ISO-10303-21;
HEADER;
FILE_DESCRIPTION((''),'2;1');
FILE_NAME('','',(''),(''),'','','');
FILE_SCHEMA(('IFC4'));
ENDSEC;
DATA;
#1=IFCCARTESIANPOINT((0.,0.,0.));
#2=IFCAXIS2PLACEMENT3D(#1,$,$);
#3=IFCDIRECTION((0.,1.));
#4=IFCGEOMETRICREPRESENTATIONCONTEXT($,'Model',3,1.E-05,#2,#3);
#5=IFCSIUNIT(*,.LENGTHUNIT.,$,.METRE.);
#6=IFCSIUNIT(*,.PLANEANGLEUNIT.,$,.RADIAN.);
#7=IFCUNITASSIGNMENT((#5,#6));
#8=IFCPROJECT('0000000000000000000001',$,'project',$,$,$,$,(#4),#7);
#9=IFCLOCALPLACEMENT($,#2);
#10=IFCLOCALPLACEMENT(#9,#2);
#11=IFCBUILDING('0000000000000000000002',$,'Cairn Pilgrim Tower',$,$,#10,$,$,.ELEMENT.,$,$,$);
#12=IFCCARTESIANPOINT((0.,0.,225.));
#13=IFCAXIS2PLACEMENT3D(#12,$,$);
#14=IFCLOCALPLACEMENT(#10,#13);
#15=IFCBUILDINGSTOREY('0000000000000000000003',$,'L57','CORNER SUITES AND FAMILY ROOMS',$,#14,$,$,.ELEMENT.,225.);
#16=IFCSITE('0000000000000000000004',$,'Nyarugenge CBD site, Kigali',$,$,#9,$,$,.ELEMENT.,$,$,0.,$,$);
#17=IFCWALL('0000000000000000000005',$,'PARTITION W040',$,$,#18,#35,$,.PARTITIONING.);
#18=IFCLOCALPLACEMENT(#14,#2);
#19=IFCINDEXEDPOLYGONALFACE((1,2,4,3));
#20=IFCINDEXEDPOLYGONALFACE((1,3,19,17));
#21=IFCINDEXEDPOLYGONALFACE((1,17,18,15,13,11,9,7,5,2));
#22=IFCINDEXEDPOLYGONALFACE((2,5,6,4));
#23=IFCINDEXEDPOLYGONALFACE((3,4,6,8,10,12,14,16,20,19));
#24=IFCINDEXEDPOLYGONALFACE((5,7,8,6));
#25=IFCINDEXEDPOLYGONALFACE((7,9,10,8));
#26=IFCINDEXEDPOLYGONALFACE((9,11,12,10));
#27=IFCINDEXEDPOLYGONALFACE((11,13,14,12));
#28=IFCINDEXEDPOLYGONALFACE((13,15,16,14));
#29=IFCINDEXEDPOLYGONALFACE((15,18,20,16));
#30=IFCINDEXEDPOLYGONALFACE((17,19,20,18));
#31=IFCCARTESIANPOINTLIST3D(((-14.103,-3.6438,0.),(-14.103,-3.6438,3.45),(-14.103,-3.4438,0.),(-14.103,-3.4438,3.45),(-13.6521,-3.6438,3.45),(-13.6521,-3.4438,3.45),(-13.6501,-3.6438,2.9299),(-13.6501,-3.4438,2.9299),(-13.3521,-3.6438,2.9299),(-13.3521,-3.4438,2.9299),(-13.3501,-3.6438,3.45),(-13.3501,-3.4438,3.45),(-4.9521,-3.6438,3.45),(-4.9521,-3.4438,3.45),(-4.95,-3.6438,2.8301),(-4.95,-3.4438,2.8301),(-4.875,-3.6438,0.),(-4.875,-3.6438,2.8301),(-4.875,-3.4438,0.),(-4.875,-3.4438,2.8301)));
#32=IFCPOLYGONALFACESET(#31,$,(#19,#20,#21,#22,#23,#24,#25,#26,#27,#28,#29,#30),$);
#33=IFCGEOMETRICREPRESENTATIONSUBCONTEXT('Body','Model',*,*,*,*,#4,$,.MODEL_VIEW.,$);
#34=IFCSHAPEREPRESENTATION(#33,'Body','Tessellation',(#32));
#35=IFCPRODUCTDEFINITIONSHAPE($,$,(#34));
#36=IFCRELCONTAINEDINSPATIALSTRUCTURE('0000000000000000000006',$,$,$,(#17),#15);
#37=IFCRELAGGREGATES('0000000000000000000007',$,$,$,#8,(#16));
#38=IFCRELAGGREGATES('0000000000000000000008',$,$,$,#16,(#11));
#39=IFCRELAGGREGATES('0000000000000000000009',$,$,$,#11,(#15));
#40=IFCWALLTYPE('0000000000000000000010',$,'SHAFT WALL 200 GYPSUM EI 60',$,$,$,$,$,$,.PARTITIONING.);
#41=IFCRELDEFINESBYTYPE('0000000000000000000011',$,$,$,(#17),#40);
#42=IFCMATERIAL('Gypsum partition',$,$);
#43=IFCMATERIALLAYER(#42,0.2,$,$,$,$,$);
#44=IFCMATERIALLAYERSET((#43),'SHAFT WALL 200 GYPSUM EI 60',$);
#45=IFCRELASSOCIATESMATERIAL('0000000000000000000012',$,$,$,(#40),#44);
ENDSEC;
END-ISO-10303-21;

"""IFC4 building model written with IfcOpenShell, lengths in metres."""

from ifc_helpers import new_model, si_unit, direction, frame, origin, place, context, subcontext, project, spatial, polyline, outline, extrude, material, layer, layer_set, type_object, element, save


model = new_model("IFC4")

# Units and contexts
model_context = context("Model", 3, precision=1e-05, world=origin(), true_north=direction((0.0, 1.0)))
body_context = subcontext(model_context, "Body", "Model", "MODEL_VIEW")
ifc_project = project(units=[si_unit("LENGTHUNIT", "METRE"), si_unit("PLANEANGLEUNIT", "RADIAN")], contexts=[model_context])

# Site, building, storey
site_placement = place(None, origin())
site = spatial("IfcSite", under=ifc_project, at=site_placement, Name="Nyarugenge CBD site, Kigali", CompositionType="ELEMENT", RefElevation=0.0)
building_placement = place(site_placement, origin())
building = spatial("IfcBuilding", under=site, at=building_placement, Name="Cairn Pilgrim Tower", CompositionType="ELEMENT")
storey_placement = place(building_placement, frame((0.0, 0.0, 225.0)))
storey = spatial("IfcBuildingStorey", under=building, at=storey_placement, Name="L57", Description="CORNER SUITES AND FAMILY ROOMS", CompositionType="ELEMENT", Elevation=225.0)

# Shared definitions
ifc_material_1 = material(Name="Gypsum partition")

# Wall
ifc_layer_1 = layer(ifc_material_1, 0.2)
ifc_layer_set_1 = layer_set([ifc_layer_1], Name="SHAFT WALL 200 GYPSUM EI 60")
wall_type_1 = type_object("IfcWallType", Name="SHAFT WALL 200 GYPSUM EI 60", PredefinedType="PARTITIONING", material=ifc_layer_set_1)
wall_1_placement = place(storey_placement, frame((-14.103, -3.5439, 0.0), z_axis=(0.0, 0.0, 1.0), x_axis=(1.0, 0.0, 0.0)))
element("IfcWall", 1, at=wall_1_placement, inside=storey, type_object=wall_type_1, Name="PARTITION W040", PredefinedType="PARTITIONING", context=body_context, shape_type="SweptSolid", body=[
    extrude(outline(polyline([(0.0, 0.0), (9.228, 0.0), (9.228, 2.8301), (9.1531, 2.8301), (9.1509, 3.45), (0.7529, 3.45), (0.751, 2.9299), (0.4529, 2.9299), (0.4509, 3.45), (0.0, 3.45), (0.0, 0.0)])), frame((0.0, 0.1001, 0.0), z_axis=(0.0, -1.0, 0.0), x_axis=(1.0, 0.0, 0.0)), (0.0, 0.0, 1.0), 0.2),
])

save(model, "model.ifc")
